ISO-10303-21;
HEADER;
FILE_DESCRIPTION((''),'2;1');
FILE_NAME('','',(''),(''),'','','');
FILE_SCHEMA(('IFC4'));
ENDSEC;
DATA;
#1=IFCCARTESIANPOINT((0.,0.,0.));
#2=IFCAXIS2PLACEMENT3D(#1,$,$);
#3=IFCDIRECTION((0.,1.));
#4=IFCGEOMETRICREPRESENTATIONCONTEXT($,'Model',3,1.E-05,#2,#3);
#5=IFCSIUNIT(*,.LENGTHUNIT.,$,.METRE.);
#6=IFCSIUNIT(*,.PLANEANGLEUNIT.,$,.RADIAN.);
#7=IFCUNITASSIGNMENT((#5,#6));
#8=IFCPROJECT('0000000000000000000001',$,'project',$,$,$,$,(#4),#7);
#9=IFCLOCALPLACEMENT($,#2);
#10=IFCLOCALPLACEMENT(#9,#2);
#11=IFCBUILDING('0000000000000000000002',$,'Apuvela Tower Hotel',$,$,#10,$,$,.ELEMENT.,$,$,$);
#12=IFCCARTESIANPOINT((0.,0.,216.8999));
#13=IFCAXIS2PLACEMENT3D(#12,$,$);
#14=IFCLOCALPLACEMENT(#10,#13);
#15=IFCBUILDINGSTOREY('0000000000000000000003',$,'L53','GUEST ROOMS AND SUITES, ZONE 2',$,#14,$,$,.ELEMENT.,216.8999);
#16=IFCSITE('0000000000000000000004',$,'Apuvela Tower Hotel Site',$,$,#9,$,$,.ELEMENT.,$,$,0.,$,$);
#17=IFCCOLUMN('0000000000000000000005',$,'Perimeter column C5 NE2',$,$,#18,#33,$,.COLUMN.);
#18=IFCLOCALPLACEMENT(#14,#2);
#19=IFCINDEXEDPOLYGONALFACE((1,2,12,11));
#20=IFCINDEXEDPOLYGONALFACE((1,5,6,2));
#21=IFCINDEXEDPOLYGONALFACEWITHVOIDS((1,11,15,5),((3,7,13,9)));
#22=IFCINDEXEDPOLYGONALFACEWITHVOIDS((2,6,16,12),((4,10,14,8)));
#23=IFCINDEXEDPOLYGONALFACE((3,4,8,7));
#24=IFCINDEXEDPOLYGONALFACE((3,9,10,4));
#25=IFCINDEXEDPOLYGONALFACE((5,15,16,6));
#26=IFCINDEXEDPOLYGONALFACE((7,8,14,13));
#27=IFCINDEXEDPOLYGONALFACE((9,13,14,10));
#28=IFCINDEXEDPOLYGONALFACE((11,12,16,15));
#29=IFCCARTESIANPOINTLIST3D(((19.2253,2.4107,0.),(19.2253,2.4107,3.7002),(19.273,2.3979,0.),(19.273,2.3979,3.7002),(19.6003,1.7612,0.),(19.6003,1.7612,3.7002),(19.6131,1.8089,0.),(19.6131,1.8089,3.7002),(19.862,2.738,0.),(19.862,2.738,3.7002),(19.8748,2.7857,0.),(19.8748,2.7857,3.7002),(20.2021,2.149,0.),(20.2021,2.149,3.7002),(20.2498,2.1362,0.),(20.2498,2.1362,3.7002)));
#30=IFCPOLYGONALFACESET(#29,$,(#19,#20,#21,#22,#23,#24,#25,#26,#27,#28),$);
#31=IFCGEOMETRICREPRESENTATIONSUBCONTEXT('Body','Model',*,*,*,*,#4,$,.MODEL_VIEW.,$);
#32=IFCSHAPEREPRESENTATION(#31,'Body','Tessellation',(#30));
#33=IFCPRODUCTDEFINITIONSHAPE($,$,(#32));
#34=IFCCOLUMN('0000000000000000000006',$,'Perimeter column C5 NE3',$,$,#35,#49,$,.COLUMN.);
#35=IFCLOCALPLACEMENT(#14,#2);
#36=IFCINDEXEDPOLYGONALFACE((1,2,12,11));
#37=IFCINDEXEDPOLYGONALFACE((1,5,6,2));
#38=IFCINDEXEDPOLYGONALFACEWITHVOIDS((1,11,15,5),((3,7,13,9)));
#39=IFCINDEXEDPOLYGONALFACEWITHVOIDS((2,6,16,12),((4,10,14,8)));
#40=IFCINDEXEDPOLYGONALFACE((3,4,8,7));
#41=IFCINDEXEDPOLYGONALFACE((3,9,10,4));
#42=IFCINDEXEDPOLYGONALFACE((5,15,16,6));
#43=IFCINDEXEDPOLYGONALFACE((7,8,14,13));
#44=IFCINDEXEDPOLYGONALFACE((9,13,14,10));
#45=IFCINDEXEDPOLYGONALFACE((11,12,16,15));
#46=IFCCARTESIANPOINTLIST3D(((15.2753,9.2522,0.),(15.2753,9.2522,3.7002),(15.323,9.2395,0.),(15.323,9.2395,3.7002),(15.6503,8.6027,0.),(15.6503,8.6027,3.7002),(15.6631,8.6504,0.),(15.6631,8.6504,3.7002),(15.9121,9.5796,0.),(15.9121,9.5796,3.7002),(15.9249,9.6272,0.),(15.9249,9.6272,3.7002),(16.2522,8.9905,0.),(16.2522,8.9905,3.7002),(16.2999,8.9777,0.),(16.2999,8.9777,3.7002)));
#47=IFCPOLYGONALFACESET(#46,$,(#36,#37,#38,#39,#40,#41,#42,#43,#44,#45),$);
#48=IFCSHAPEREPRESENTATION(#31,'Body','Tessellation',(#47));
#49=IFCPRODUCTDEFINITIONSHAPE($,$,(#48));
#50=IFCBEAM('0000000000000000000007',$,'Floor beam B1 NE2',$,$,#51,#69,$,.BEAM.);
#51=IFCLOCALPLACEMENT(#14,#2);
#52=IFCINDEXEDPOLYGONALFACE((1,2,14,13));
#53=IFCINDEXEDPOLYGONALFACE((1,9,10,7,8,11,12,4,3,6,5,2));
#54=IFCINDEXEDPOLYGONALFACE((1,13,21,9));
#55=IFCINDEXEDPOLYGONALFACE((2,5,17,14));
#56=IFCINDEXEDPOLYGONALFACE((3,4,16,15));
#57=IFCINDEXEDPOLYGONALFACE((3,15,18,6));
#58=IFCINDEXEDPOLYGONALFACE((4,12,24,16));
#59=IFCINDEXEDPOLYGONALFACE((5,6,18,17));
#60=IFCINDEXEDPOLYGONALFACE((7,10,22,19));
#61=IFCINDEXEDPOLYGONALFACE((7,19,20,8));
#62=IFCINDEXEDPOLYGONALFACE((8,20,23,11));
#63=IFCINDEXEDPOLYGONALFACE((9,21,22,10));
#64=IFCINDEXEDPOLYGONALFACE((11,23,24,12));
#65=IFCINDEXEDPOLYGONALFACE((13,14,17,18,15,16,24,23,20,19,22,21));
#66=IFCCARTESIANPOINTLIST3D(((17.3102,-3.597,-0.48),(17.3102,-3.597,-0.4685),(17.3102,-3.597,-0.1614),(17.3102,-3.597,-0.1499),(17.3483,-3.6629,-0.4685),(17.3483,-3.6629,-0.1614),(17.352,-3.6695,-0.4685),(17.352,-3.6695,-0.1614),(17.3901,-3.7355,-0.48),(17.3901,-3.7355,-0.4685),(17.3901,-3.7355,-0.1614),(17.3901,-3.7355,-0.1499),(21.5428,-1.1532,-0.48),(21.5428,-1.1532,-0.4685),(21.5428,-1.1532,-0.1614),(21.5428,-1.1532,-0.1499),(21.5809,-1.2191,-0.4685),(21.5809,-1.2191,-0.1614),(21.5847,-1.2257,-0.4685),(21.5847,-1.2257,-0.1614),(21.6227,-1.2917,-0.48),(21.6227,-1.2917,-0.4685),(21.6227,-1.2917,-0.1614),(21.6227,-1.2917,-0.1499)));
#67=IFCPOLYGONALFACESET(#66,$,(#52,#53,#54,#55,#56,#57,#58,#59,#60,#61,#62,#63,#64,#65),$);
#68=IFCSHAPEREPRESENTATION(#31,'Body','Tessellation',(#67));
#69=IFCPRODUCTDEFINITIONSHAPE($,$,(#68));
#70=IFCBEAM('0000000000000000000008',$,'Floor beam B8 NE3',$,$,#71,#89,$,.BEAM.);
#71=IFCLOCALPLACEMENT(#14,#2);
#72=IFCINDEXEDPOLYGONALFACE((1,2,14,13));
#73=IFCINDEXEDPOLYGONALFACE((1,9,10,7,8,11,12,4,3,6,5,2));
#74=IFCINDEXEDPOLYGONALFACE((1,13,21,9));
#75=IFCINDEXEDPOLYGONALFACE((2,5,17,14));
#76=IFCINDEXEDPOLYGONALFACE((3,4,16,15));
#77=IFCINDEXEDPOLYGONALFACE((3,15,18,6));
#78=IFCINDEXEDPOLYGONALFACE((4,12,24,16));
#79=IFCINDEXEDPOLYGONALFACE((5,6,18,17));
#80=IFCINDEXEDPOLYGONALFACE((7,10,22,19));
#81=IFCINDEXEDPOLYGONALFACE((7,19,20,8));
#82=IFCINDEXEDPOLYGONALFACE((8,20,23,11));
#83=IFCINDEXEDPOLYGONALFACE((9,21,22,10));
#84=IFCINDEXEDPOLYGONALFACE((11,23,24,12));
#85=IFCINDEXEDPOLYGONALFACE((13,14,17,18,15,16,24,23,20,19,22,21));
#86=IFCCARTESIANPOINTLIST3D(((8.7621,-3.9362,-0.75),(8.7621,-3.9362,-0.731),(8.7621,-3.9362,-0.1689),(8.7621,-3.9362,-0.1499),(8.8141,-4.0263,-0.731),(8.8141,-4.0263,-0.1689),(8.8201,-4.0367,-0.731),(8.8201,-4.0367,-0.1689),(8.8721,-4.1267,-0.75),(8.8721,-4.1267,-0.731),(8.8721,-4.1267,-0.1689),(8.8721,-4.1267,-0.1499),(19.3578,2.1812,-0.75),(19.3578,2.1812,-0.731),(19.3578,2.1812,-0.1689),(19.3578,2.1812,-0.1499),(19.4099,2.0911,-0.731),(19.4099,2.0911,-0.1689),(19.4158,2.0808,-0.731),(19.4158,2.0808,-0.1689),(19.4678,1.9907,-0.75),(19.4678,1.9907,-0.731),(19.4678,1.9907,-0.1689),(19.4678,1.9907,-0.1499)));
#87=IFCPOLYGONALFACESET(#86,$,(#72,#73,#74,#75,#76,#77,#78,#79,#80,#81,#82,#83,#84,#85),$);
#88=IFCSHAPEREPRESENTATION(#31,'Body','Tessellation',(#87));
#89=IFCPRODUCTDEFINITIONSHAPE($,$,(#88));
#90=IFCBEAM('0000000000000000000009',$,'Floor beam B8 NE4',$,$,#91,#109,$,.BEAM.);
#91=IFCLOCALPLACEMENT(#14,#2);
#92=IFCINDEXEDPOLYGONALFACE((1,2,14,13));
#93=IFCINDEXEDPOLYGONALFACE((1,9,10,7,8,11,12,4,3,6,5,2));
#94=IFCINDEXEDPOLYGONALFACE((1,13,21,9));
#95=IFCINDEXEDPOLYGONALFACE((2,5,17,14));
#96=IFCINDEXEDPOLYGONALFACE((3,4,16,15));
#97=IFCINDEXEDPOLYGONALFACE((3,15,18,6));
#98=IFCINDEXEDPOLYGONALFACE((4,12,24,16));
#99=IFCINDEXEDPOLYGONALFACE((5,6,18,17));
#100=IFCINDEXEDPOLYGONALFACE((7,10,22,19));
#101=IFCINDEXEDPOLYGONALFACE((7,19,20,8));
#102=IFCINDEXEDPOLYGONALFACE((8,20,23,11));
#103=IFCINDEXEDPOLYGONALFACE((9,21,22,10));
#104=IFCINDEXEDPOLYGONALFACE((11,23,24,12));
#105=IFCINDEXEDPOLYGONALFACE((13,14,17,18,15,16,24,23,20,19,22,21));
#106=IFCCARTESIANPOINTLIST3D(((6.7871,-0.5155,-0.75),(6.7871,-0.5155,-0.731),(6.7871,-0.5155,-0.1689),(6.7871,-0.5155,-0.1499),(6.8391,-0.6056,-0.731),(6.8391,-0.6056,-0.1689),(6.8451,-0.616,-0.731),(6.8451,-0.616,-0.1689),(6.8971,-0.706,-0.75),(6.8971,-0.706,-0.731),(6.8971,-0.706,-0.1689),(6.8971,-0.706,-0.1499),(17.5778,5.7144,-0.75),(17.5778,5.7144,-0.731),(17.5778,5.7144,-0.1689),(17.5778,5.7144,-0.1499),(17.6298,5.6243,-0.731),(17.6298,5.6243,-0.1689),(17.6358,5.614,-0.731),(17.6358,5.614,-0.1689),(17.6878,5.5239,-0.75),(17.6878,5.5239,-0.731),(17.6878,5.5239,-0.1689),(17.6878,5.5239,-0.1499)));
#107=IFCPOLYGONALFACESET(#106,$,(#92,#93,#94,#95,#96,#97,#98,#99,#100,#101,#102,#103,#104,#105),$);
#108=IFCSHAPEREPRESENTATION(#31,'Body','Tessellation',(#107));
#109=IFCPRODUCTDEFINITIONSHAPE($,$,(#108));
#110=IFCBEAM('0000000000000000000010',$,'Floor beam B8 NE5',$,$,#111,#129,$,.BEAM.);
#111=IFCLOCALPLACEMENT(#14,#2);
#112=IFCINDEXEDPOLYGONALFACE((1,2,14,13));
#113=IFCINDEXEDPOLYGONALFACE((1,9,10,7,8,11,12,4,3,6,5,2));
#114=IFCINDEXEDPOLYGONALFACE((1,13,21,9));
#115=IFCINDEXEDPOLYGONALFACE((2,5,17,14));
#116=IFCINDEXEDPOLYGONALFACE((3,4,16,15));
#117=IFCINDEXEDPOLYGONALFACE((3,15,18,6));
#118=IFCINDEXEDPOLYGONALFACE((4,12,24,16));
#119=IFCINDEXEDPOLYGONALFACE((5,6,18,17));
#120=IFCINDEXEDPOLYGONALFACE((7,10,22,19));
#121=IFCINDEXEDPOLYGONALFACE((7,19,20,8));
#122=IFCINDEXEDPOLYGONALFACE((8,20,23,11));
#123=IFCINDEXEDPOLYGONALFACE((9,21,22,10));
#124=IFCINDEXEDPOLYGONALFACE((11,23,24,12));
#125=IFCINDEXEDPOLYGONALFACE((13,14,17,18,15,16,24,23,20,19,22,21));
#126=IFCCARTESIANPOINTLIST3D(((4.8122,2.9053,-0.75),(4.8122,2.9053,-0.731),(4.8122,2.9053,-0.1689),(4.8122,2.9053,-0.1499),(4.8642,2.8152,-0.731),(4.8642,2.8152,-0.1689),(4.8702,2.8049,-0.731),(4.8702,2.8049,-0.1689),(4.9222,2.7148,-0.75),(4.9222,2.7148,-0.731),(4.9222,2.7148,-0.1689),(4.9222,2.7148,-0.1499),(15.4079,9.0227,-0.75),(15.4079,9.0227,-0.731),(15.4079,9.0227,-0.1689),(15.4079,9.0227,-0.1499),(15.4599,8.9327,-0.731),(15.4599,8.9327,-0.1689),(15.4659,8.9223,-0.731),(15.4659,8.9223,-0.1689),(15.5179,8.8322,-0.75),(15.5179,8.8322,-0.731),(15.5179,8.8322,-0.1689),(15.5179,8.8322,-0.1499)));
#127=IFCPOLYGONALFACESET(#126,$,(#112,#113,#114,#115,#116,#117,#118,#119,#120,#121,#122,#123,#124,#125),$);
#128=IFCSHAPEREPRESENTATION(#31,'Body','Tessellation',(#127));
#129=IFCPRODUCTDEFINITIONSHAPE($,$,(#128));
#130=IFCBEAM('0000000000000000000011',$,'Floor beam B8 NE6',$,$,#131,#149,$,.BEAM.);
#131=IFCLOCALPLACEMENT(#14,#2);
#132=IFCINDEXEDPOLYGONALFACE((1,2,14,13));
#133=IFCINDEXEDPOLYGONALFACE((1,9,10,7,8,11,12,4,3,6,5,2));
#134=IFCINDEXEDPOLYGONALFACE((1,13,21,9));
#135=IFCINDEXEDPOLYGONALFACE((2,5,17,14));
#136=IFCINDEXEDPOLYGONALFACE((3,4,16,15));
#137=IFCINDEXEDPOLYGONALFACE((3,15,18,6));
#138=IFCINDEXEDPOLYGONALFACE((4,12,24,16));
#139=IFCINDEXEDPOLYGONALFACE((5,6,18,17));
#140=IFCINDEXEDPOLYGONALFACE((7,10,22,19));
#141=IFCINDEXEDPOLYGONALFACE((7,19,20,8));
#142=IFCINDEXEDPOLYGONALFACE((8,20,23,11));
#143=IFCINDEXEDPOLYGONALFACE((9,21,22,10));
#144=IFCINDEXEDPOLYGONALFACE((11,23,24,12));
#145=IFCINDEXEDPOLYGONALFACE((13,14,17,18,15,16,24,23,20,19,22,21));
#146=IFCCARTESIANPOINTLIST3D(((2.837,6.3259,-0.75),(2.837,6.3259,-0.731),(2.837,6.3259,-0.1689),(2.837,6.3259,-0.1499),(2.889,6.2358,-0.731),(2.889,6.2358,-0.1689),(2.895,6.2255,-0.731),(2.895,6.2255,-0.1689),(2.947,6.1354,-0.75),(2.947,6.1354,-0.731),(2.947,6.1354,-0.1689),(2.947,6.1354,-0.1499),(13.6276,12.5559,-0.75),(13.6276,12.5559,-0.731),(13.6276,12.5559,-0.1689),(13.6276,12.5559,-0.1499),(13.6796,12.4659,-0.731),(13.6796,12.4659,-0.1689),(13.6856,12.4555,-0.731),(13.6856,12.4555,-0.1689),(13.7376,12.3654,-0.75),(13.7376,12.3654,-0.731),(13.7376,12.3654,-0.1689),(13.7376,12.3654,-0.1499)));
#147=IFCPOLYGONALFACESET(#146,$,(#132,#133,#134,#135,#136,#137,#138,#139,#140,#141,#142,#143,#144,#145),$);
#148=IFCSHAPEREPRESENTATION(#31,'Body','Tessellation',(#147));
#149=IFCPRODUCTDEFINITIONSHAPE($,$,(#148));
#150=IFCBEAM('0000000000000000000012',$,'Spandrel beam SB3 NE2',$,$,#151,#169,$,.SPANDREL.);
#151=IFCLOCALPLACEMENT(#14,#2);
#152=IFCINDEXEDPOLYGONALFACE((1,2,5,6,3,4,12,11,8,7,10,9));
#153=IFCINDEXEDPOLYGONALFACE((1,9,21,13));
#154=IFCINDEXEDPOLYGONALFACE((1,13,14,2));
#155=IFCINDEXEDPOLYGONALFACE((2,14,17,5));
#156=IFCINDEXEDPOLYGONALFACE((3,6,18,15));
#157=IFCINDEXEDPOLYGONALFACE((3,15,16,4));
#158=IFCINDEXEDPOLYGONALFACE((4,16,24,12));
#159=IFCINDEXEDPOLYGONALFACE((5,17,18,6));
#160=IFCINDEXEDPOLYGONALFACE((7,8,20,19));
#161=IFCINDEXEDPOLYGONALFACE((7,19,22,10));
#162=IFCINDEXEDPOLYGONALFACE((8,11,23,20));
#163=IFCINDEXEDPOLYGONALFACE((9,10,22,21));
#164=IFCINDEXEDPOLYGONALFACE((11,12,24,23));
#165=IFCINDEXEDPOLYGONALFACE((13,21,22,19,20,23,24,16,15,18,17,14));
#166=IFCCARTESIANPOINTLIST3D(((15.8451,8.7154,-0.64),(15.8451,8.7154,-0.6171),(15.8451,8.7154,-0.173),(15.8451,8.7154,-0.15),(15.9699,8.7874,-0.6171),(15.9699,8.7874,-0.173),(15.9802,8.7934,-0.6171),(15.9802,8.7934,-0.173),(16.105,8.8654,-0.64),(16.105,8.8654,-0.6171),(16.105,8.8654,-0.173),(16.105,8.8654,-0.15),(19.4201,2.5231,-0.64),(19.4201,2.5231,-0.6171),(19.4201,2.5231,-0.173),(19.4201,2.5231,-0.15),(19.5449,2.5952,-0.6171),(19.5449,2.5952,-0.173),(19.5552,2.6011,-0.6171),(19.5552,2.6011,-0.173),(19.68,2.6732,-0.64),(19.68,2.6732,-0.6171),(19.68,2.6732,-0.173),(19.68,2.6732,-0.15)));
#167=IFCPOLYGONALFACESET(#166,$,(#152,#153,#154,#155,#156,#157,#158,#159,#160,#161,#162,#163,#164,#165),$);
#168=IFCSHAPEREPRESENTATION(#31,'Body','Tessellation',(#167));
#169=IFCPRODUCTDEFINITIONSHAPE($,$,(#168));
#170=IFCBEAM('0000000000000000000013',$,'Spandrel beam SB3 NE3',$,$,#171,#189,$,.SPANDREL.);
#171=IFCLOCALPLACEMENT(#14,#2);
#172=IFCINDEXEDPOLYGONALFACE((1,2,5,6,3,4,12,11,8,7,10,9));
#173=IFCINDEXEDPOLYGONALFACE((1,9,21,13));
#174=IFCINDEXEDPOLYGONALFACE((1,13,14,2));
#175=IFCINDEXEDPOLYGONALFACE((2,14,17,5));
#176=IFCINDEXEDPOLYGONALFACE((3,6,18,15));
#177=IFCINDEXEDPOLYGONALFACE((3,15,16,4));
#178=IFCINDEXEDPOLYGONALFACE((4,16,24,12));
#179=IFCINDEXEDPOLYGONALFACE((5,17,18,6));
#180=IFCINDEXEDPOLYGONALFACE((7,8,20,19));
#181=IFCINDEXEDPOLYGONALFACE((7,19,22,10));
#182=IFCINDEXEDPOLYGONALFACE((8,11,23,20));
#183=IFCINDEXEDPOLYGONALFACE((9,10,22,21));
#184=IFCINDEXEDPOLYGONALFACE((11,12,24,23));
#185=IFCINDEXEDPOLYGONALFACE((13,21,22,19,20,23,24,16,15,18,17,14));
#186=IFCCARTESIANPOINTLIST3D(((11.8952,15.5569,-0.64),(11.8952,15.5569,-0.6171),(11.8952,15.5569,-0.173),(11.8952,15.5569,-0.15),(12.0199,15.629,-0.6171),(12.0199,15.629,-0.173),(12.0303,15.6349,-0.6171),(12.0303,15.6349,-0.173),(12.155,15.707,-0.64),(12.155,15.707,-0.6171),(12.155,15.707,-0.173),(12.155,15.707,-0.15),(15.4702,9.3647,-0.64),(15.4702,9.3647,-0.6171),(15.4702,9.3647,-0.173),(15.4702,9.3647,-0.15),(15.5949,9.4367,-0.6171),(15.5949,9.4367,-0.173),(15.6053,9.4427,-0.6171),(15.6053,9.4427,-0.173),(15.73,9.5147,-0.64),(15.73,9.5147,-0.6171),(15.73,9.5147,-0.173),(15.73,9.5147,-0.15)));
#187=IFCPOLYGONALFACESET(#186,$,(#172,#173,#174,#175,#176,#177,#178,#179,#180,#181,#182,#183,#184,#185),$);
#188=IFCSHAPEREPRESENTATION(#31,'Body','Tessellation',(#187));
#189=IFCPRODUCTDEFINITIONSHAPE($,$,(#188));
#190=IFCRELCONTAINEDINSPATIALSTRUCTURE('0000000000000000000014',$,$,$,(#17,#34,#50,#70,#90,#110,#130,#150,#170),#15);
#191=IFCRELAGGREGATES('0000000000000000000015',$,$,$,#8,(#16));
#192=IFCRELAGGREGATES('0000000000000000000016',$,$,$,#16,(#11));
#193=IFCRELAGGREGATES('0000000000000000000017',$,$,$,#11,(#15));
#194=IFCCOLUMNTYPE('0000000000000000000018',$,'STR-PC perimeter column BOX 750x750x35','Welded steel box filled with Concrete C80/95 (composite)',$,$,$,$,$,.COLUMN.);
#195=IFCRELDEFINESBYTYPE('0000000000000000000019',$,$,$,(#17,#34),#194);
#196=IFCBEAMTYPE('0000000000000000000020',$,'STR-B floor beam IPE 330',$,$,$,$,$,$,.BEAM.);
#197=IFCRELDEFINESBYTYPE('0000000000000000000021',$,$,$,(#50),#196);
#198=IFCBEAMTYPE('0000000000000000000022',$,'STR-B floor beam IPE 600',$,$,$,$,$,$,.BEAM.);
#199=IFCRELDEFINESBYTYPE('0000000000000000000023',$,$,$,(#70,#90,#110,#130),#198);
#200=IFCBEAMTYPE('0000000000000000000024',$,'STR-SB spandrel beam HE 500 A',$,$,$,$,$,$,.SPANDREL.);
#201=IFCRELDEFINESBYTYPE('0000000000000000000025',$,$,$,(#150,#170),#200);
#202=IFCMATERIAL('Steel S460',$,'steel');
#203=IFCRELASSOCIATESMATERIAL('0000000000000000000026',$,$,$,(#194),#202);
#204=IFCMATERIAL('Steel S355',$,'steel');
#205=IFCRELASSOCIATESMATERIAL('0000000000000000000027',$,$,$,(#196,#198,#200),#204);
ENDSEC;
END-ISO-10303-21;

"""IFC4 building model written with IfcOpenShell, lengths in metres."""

from ifc_helpers import new_model, si_unit, direction, frame, origin, origin_2d, place, context, subcontext, project, spatial, rectangle, hollow_rectangle, i_section, extrude, material, material_profile, profile_set, type_object, element, save


model = new_model("IFC4")

# Units and contexts
model_context = context("Model", 3, precision=1e-05, world=origin(), true_north=direction((0.0, 1.0)))
body_context = subcontext(model_context, "Body", "Model", "MODEL_VIEW")
ifc_project = project(units=[si_unit("LENGTHUNIT", "METRE"), si_unit("PLANEANGLEUNIT", "RADIAN")], contexts=[model_context])

# Site, building, storey
site_placement = place(None, origin())
site = spatial("IfcSite", under=ifc_project, at=site_placement, Name="Apuvela Tower Hotel Site", CompositionType="ELEMENT", RefElevation=0.0)
building_placement = place(site_placement, origin())
building = spatial("IfcBuilding", under=site, at=building_placement, Name="Apuvela Tower Hotel", CompositionType="ELEMENT")
storey_placement = place(building_placement, frame((0.0, 0.0, 216.8999)))
storey = spatial("IfcBuildingStorey", under=building, at=storey_placement, Name="L53", Description="GUEST ROOMS AND SUITES, ZONE 2", CompositionType="ELEMENT", Elevation=216.8999)

# Columns
ifc_material_1 = material(Name="Steel S460", Category="steel")
ifc_material_profile_1 = material_profile(ifc_material_1, hollow_rectangle(XDim=0.75, YDim=0.75, WallThickness=0.0349, at=origin_2d()), Name="BOX 750x750x35")
ifc_material_2 = material(Name="Concrete C80/95", Category="concrete")
ifc_material_profile_2 = material_profile(ifc_material_2, rectangle(XDim=0.6799, YDim=0.6799, at=origin_2d()), Name="Concrete C80/95 infill")
ifc_profile_set_1 = profile_set([ifc_material_profile_1, ifc_material_profile_2], Name="Steel S460")
column_type = type_object("IfcColumnType", Name="STR-PC perimeter column BOX 750x750x35", Description="Welded steel box filled with Concrete C80/95 (composite)", PredefinedType="COLUMN", material=ifc_profile_set_1)
for number, where, z_axis, x_axis, name in (
    (1, (19.7375, 2.2734, 0.0), (0.0, 0.0, 1.0), (-0.5, 0.866025, 0.0), "Perimeter column C5 NE2"),
    (2, (15.7876, 9.115, 0.0), (0.0, 0.0, 1.0), (-0.5, 0.866025, 0.0), "Perimeter column C5 NE3"),
):
    element("IfcColumn", number, at=place(storey_placement, frame(where, z_axis=z_axis, x_axis=x_axis)), inside=storey, type_object=column_type, Name=name, PredefinedType="COLUMN", context=body_context, shape_type="SweptSolid", body=[
        extrude(hollow_rectangle(XDim=0.75, YDim=0.75, WallThickness=0.0349, at=origin_2d()), origin(), (0.0, 0.0, 1.0), 3.7002),
    ])

# Beams
ifc_material_3 = material(Name="Steel S355", Category="steel")
ifc_material_profile_3 = material_profile(ifc_material_3, i_section(OverallWidth=0.1599, OverallDepth=0.3301, WebThickness=0.0076, FlangeThickness=0.0115, at=origin_2d()), Name="IPE 330")
ifc_profile_set_2 = profile_set([ifc_material_profile_3], Name="Steel S355")
beam_type_1 = type_object("IfcBeamType", Name="STR-B floor beam IPE 330", PredefinedType="BEAM", material=ifc_profile_set_2)
beam_1_placement = place(storey_placement, frame((21.5828, -1.2224, -0.3149), z_axis=(-0.866015, -0.500018, 0.0), x_axis=(0.500018, -0.866015, 0.0)))
element("IfcBeam", 3, at=beam_1_placement, inside=storey, type_object=beam_type_1, Name="Floor beam B1 NE2", PredefinedType="BEAM", context=body_context, shape_type="SweptSolid", body=[
    extrude(i_section(OverallWidth=0.1599, OverallDepth=0.3301, WebThickness=0.0076, FlangeThickness=0.0115, at=origin_2d()), origin(), (0.0, 0.0, 1.0), 4.8875),
])
ifc_material_profile_4 = material_profile(ifc_material_3, i_section(OverallWidth=0.22, OverallDepth=0.6001, WebThickness=0.012, FlangeThickness=0.019, at=origin_2d()), Name="IPE 600")
ifc_profile_set_3 = profile_set([ifc_material_profile_4], Name="Steel S355")
beam_type_2 = type_object("IfcBeamType", Name="STR-B floor beam IPE 600", PredefinedType="BEAM", material=ifc_profile_set_3)
beam_2_placement = place(storey_placement, frame((19.4128, 2.0859, -0.45), z_axis=(-0.866025, -0.5, 0.0), x_axis=(0.5, -0.866025, 0.0)))
element("IfcBeam", 4, at=beam_2_placement, inside=storey, type_object=beam_type_2, Name="Floor beam B8 NE3", PredefinedType="BEAM", context=body_context, shape_type="SweptSolid", body=[
    extrude(i_section(OverallWidth=0.22, OverallDepth=0.6001, WebThickness=0.012, FlangeThickness=0.019, at=origin_2d()), origin(), (0.0, 0.0, 1.0), 12.2349),
])
beam_3_placement = place(storey_placement, frame((17.6328, 5.6191, -0.45), z_axis=(-0.866028, -0.499996, 0.0), x_axis=(0.499996, -0.866028, 0.0)))
element("IfcBeam", 5, at=beam_3_placement, inside=storey, type_object=beam_type_2, Name="Floor beam B8 NE4", PredefinedType="BEAM", context=body_context, shape_type="SweptSolid", body=[
    extrude(i_section(OverallWidth=0.22, OverallDepth=0.6001, WebThickness=0.012, FlangeThickness=0.019, at=origin_2d()), origin(), (0.0, 0.0, 1.0), 12.46),
])
beam_4_placement = place(storey_placement, frame((15.4629, 8.9275, -0.45), z_axis=(-0.866025, -0.5, 0.0), x_axis=(0.5, -0.866025, 0.0)))
element("IfcBeam", 6, at=beam_4_placement, inside=storey, type_object=beam_type_2, Name="Floor beam B8 NE5", PredefinedType="BEAM", context=body_context, shape_type="SweptSolid", body=[
    extrude(i_section(OverallWidth=0.22, OverallDepth=0.6001, WebThickness=0.012, FlangeThickness=0.019, at=origin_2d()), origin(), (0.0, 0.0, 1.0), 12.2349),
])
beam_5_placement = place(storey_placement, frame((13.6826, 12.4607, -0.45), z_axis=(-0.866023, -0.500004, 0.0), x_axis=(0.500004, -0.866023, 0.0)))
element("IfcBeam", 7, at=beam_5_placement, inside=storey, type_object=beam_type_2, Name="Floor beam B8 NE6", PredefinedType="BEAM", context=body_context, shape_type="SweptSolid", body=[
    extrude(i_section(OverallWidth=0.22, OverallDepth=0.6001, WebThickness=0.012, FlangeThickness=0.019, at=origin_2d()), origin(), (0.0, 0.0, 1.0), 12.46),
])
ifc_material_profile_5 = material_profile(ifc_material_3, i_section(OverallWidth=0.3, OverallDepth=0.49, WebThickness=0.012, FlangeThickness=0.0229, at=origin_2d()), Name="HE 500 A")
ifc_profile_set_4 = profile_set([ifc_material_profile_5], Name="Steel S355")
beam_type_3 = type_object("IfcBeamType", Name="STR-SB spandrel beam HE 500 A", PredefinedType="SPANDREL", material=ifc_profile_set_4)
for number, where, z_axis, x_axis, name in (
    (8, (19.55, 2.5981, -0.395), (-0.499991, 0.86603, 0.0), (-0.86603, -0.499991, 0.0), "Spandrel beam SB3 NE2"),
    (9, (15.6001, 9.4397, -0.395), (-0.499991, 0.86603, 0.0), (-0.86603, -0.499991, 0.0), "Spandrel beam SB3 NE3"),
):
    element("IfcBeam", number, at=place(storey_placement, frame(where, z_axis=z_axis, x_axis=x_axis)), inside=storey, type_object=beam_type_3, Name=name, PredefinedType="SPANDREL", context=body_context, shape_type="SweptSolid", body=[
        extrude(i_section(OverallWidth=0.3, OverallDepth=0.49, WebThickness=0.012, FlangeThickness=0.0229, at=origin_2d()), origin(), (0.0, 0.0, 1.0), 7.1501),
    ])

save(model, "model.ifc")
